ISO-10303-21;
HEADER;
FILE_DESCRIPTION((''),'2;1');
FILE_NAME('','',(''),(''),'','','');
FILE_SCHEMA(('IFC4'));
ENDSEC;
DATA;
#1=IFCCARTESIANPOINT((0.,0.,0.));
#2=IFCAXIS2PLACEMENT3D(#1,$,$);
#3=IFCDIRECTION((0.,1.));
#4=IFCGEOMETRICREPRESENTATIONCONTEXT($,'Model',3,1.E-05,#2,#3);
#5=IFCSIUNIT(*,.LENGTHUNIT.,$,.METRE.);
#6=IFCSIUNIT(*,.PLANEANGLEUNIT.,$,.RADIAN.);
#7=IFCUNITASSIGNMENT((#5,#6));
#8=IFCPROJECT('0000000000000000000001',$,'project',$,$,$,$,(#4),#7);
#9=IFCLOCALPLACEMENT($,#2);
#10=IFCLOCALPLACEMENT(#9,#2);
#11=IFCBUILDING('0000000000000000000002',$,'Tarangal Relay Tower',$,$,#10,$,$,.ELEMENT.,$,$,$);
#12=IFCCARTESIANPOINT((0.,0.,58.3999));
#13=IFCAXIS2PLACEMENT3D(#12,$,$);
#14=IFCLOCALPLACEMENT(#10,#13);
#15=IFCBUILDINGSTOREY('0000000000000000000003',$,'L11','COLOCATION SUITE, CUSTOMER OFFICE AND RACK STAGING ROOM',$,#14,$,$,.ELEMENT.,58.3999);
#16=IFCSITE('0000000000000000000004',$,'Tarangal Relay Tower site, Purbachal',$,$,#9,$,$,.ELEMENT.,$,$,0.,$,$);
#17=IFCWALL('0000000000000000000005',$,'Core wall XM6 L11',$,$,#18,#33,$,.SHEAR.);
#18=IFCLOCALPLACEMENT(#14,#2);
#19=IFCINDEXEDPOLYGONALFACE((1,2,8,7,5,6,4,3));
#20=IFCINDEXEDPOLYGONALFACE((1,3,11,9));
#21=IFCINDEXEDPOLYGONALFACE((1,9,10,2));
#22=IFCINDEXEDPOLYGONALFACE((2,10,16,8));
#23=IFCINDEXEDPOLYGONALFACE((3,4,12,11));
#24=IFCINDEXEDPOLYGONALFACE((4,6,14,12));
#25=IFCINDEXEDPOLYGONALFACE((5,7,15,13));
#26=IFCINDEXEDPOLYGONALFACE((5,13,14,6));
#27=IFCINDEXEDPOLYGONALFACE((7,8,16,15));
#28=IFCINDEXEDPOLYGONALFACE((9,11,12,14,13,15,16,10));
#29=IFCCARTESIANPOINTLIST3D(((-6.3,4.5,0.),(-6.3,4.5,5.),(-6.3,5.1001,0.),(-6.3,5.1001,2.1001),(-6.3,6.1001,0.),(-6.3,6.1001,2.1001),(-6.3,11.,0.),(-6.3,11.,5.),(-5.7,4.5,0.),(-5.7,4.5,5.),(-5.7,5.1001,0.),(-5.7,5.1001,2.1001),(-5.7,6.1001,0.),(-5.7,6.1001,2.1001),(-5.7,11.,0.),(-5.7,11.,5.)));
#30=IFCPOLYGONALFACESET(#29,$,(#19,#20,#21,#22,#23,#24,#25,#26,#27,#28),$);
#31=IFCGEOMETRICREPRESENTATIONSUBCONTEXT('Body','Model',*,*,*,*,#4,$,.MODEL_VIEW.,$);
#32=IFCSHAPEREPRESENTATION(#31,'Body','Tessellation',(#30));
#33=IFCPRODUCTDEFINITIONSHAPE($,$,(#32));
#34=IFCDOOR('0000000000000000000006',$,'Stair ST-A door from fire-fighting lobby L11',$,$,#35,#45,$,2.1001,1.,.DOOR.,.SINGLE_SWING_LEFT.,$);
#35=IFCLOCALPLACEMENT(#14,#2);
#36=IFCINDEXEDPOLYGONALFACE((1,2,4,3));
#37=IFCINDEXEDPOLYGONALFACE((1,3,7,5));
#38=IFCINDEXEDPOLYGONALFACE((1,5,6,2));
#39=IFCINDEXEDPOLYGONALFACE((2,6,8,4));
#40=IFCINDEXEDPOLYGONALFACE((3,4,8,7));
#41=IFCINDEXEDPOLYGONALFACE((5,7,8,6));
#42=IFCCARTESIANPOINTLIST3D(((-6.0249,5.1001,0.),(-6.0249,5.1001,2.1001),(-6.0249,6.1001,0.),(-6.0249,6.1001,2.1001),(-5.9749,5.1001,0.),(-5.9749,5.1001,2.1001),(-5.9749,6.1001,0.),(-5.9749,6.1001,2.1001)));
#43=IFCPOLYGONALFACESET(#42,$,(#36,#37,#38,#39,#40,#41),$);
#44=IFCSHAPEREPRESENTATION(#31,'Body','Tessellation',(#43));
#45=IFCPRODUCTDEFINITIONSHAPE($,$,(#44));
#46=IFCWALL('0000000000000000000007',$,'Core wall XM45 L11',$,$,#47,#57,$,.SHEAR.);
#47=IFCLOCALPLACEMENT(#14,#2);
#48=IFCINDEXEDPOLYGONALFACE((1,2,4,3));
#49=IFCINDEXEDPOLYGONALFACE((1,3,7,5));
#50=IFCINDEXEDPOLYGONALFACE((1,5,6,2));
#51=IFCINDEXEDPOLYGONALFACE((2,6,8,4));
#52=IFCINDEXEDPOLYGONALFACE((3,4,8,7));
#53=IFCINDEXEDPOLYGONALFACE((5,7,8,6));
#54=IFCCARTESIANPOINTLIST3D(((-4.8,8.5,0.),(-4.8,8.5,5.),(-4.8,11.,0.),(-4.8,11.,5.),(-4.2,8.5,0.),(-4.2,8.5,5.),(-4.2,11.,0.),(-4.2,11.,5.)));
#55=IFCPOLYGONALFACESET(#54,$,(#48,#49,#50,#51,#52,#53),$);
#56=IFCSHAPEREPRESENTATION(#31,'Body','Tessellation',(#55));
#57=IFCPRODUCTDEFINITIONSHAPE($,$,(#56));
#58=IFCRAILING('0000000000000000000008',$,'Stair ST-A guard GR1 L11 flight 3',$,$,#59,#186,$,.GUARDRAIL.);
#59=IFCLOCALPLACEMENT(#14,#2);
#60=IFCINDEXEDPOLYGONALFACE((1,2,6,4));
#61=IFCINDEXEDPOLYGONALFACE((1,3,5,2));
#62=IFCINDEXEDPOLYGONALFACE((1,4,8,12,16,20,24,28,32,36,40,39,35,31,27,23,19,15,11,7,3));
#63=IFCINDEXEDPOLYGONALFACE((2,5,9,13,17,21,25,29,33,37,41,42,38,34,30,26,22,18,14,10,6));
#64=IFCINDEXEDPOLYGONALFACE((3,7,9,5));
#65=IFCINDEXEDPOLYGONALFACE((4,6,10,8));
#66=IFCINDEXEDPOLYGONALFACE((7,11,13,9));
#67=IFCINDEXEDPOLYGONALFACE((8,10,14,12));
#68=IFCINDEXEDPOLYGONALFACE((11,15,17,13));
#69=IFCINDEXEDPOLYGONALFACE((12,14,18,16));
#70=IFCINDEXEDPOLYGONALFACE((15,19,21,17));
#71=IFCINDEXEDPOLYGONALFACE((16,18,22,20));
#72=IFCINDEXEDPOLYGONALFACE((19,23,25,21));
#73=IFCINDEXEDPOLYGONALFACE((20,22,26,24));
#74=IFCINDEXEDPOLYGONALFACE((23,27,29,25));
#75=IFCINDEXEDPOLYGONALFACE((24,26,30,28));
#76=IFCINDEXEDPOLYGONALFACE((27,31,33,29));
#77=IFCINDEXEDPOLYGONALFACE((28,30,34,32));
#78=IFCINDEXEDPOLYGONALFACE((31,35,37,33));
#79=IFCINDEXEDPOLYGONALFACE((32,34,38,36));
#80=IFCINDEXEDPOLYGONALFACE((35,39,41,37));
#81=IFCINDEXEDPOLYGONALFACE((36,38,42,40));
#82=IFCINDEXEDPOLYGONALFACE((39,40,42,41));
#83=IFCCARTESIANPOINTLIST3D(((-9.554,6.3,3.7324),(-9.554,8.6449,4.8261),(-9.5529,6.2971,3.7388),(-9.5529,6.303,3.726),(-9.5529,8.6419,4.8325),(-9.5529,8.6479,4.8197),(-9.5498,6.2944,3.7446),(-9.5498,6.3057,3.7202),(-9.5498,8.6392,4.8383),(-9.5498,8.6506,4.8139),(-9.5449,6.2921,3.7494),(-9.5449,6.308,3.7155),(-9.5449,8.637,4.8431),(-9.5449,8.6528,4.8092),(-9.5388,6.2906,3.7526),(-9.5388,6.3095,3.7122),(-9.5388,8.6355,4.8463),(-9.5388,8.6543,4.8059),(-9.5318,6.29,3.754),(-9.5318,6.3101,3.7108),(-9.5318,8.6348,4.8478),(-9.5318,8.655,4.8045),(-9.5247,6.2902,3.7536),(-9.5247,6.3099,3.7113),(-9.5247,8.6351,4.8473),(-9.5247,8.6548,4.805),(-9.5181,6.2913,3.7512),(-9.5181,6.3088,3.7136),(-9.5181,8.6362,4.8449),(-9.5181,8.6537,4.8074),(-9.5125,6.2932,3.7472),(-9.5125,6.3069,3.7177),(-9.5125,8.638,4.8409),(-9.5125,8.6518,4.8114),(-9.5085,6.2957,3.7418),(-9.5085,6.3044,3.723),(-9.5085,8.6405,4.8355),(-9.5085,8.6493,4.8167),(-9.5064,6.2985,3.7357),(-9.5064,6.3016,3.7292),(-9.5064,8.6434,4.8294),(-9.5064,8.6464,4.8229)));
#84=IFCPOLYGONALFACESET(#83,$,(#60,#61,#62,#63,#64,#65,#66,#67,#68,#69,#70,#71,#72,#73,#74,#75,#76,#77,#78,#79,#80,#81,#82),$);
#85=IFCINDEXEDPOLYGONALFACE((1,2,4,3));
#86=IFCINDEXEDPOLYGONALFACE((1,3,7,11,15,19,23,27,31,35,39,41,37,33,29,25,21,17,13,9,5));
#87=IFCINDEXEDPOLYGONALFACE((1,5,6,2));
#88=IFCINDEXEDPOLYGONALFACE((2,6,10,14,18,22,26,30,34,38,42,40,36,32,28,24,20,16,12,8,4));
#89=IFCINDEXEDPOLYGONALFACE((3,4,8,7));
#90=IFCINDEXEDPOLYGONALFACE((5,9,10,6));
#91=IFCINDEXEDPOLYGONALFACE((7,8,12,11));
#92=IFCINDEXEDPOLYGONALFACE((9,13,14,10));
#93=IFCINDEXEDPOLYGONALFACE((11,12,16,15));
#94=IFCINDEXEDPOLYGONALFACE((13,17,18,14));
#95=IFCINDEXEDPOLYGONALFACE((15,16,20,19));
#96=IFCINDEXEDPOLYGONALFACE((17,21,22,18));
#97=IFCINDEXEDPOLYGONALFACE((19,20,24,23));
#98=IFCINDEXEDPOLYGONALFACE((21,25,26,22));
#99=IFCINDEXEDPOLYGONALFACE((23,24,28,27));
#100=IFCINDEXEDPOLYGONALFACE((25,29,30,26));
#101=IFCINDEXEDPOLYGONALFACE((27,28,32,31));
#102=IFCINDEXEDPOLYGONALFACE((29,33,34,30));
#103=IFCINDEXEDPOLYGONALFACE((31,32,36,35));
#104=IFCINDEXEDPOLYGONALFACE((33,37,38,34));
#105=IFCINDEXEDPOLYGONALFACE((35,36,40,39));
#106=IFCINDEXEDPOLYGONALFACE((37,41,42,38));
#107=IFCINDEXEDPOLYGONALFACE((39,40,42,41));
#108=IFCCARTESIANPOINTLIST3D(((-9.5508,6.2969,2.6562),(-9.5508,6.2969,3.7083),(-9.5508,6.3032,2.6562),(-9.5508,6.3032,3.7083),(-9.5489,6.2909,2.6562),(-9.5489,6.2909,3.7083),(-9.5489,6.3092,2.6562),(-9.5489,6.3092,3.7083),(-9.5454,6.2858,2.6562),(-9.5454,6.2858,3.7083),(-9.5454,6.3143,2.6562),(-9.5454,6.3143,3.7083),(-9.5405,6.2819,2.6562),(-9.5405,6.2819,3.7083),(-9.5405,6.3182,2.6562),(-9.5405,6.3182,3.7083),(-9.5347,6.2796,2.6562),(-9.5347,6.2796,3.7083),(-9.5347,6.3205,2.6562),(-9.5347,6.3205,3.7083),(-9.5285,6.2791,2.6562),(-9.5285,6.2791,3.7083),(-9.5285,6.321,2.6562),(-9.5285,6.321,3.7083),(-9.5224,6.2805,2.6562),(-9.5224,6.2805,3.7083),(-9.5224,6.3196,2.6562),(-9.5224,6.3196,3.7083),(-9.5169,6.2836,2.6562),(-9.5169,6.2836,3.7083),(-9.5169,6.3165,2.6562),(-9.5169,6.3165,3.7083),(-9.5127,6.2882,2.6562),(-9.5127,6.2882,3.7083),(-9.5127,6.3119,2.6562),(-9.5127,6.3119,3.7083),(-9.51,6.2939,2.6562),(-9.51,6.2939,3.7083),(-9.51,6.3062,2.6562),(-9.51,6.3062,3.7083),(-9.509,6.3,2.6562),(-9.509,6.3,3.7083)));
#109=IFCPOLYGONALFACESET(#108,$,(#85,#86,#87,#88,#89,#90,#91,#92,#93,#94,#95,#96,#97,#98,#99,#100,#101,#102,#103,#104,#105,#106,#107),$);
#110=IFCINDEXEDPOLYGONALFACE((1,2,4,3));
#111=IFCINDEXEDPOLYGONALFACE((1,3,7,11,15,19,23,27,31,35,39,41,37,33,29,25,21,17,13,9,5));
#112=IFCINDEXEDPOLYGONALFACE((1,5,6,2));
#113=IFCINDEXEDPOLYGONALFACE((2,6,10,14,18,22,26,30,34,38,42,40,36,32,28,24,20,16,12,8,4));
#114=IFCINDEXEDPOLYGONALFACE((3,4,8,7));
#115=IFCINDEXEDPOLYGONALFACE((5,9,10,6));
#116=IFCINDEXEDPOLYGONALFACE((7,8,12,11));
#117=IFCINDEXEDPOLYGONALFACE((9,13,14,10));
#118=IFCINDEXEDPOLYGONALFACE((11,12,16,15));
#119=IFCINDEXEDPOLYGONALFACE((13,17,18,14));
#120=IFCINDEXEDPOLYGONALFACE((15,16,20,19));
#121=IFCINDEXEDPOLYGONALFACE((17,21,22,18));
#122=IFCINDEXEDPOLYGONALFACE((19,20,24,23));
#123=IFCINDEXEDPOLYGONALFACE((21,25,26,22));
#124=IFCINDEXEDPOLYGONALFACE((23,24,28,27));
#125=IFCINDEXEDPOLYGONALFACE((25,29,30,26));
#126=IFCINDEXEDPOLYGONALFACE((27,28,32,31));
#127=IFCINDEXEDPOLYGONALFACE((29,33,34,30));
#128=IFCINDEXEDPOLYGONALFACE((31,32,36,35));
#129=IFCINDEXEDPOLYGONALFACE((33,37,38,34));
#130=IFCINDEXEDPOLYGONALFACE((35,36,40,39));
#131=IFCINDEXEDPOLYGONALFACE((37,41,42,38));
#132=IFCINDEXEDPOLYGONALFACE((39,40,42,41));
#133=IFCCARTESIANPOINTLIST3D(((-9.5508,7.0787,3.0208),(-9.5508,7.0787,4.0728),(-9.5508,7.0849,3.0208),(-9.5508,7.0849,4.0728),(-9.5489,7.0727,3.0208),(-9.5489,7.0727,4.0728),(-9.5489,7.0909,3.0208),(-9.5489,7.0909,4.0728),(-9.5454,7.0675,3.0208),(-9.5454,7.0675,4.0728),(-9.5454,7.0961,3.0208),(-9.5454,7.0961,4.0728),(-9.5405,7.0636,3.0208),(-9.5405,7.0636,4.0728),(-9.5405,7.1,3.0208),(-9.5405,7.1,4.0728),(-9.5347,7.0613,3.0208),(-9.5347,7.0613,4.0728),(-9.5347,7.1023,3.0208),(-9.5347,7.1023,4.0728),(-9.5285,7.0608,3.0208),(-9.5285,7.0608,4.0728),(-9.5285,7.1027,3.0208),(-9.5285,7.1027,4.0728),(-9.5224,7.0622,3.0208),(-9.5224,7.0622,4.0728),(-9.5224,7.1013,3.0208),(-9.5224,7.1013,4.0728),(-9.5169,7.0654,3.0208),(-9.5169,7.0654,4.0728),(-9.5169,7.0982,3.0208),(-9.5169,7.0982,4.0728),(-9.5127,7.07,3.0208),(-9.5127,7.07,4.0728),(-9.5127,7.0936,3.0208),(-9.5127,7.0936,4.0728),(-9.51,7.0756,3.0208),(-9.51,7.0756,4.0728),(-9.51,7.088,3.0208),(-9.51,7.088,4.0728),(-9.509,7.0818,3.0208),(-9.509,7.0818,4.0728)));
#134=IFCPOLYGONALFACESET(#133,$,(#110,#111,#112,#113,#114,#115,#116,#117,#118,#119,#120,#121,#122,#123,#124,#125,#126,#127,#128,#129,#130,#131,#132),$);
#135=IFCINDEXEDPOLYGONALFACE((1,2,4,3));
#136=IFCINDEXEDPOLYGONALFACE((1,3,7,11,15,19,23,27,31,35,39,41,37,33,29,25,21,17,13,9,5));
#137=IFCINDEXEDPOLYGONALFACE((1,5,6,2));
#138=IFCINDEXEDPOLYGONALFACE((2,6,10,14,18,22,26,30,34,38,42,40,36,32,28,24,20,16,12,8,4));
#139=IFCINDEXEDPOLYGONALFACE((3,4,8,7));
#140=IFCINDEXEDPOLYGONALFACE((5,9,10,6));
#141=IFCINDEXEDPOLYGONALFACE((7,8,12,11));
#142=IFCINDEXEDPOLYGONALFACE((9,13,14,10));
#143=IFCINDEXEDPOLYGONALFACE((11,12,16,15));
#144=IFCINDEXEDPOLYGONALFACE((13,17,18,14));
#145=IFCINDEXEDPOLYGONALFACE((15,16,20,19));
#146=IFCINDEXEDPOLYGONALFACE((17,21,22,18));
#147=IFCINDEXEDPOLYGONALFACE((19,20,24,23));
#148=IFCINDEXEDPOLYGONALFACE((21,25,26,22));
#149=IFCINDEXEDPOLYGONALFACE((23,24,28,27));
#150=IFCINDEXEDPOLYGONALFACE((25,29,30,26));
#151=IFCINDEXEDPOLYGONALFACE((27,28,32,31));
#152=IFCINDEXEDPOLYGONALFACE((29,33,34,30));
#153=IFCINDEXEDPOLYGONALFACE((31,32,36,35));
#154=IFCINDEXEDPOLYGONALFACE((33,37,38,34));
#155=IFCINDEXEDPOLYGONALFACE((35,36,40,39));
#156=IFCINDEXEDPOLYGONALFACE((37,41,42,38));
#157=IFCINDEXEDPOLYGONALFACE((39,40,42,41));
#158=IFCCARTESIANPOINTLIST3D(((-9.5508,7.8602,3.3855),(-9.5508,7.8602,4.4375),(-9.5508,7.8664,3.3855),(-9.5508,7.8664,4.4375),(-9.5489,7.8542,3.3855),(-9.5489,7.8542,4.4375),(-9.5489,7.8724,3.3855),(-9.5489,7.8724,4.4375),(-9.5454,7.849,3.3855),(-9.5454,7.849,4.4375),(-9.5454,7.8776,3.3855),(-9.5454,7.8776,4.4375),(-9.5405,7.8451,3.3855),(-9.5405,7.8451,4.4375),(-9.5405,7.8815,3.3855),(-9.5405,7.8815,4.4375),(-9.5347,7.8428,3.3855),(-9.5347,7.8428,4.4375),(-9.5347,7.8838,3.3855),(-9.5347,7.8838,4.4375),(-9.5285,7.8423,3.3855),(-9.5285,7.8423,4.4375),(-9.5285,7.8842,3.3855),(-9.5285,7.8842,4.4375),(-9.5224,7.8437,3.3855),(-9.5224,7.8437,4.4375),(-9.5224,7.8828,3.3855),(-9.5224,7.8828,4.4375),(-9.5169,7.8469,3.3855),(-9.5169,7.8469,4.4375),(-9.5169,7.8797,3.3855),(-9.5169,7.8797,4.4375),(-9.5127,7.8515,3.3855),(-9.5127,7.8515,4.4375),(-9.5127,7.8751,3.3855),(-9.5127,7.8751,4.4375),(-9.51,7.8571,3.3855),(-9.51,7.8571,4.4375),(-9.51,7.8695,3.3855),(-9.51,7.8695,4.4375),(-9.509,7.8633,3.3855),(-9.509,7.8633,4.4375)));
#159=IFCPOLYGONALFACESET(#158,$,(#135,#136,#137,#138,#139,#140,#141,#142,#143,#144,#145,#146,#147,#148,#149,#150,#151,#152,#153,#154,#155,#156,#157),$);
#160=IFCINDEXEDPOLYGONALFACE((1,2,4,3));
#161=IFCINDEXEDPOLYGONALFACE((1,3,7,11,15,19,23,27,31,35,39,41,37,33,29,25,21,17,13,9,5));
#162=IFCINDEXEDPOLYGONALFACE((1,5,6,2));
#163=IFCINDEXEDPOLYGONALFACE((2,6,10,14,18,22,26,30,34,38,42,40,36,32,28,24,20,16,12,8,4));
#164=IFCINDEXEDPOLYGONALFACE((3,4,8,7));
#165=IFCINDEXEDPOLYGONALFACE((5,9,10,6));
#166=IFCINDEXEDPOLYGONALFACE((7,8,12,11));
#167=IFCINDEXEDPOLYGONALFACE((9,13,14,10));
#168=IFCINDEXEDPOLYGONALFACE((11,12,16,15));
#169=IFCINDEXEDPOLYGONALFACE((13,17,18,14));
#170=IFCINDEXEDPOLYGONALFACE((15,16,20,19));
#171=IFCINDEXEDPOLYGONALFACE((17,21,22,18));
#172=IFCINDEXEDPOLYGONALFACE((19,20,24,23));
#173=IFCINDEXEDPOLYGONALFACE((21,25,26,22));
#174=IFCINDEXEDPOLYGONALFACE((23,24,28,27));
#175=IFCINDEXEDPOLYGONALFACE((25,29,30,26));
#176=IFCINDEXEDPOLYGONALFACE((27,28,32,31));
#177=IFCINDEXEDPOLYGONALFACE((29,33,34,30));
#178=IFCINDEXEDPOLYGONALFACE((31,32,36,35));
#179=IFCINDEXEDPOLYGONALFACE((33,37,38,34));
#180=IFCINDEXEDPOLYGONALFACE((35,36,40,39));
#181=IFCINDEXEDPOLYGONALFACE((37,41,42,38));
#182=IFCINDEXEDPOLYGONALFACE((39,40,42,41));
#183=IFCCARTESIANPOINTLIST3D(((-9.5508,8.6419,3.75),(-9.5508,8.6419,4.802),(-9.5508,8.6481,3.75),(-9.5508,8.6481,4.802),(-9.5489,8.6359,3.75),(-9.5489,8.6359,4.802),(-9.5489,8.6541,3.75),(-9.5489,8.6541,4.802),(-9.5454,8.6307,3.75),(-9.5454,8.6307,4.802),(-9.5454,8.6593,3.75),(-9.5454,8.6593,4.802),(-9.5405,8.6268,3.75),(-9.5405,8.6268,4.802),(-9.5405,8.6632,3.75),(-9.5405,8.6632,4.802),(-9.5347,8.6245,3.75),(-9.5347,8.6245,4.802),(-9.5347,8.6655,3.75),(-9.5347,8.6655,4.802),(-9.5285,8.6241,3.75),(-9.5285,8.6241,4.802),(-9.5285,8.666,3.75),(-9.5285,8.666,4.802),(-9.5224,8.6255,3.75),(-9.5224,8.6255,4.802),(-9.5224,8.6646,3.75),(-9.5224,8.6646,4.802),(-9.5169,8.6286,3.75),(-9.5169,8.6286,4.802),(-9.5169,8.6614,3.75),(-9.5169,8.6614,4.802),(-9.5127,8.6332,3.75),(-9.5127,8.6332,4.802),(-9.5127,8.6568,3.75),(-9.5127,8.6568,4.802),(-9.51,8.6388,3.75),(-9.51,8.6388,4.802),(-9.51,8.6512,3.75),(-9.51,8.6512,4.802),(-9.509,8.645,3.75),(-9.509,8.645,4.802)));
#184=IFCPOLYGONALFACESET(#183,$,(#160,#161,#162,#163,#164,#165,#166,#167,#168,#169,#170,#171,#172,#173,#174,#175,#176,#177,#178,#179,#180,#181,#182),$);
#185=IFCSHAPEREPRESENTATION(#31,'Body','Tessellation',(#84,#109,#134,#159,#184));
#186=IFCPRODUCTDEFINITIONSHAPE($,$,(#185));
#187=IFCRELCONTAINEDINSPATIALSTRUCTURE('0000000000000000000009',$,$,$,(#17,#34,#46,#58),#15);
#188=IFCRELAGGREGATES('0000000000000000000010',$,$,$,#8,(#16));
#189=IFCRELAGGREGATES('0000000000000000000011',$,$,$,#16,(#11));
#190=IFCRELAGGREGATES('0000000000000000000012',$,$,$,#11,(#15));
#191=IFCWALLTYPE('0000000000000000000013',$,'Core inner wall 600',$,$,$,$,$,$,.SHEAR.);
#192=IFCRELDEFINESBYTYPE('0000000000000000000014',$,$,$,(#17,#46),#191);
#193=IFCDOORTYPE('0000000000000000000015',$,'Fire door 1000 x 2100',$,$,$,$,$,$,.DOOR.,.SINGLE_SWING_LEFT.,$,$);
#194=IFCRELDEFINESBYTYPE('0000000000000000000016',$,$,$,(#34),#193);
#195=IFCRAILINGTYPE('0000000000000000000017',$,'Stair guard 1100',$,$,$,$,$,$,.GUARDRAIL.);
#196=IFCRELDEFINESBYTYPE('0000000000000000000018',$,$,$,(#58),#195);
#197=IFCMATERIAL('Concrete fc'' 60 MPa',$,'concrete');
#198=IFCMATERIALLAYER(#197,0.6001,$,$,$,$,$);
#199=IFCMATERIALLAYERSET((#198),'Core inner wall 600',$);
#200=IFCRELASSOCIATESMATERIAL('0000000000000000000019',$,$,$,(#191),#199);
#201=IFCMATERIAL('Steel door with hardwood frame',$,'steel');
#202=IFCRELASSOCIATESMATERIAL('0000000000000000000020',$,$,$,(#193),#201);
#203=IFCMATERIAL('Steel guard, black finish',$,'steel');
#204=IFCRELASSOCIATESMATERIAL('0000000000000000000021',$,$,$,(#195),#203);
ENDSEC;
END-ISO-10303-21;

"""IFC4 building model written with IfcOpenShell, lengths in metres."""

from ifc_helpers import new_model, si_unit, direction, frame, frame_2d, origin, origin_2d, place, context, subcontext, project, spatial, rectangle, circle, extrude, material, layer, layer_set, type_object, element, fill, save


model = new_model("IFC4")

# Units and contexts
model_context = context("Model", 3, precision=1e-05, world=origin(), true_north=direction((0.0, 1.0)))
body_context = subcontext(model_context, "Body", "Model", "MODEL_VIEW")
ifc_project = project(units=[si_unit("LENGTHUNIT", "METRE"), si_unit("PLANEANGLEUNIT", "RADIAN")], contexts=[model_context])

# Site, building, storey
site_placement = place(None, origin())
site = spatial("IfcSite", under=ifc_project, at=site_placement, Name="Tarangal Relay Tower site, Purbachal", CompositionType="ELEMENT", RefElevation=0.0)
building_placement = place(site_placement, origin())
building = spatial("IfcBuilding", under=site, at=building_placement, Name="Tarangal Relay Tower", CompositionType="ELEMENT")
storey_placement = place(building_placement, frame((0.0, 0.0, 58.3999)))
storey = spatial("IfcBuildingStorey", under=building, at=storey_placement, Name="L11", Description="COLOCATION SUITE, CUSTOMER OFFICE AND RACK STAGING ROOM", CompositionType="ELEMENT", Elevation=58.3999)

# Shared definitions
ifc_material_1 = material(Name="Concrete fc' 60 MPa", Category="concrete")
ifc_layer_1 = layer(ifc_material_1, 0.6001)
ifc_layer_set_1 = layer_set([ifc_layer_1], Name="Core inner wall 600")
wall_type = type_object("IfcWallType", Name="Core inner wall 600", PredefinedType="SHEAR", material=ifc_layer_set_1)
ifc_material_2 = material(Name="Steel door with hardwood frame", Category="steel")

# Wall, opening, door
wall_1_placement = place(storey_placement, frame((-6.0, 4.5, 0.0), z_axis=(0.0, 0.0, 1.0), x_axis=(0.0, 1.0, 0.0)))
wall_1 = element("IfcWall", 1, at=wall_1_placement, inside=storey, type_object=wall_type, Name="Core wall XM6 L11", PredefinedType="SHEAR", context=body_context, shape_type="SweptSolid", body=[
    extrude(rectangle(XDim=6.5, YDim=0.6001, at=frame_2d((3.25, 0.0))), origin(), (0.0, 0.0, 1.0), 5.0),
])
opening_1_placement = place(wall_1_placement, frame((0.6001, 0.0, 0.0)))
opening_1 = element("IfcOpeningElement", 2, at=opening_1_placement, cuts=wall_1, PredefinedType="OPENING", context=body_context, shape_type="SweptSolid", body=[
    extrude(rectangle(XDim=1.0, YDim=2.1001, at=frame_2d((0.5, 1.05))), frame((0.0, 0.3101, 0.0), z_axis=(0.0, -1.0, 0.0), x_axis=(1.0, 0.0, 0.0)), (0.0, 0.0, 1.0), 0.6201),
])
door_type_1 = type_object("IfcDoorType", Name="Fire door 1000 x 2100", OperationType="SINGLE_SWING_LEFT", PredefinedType="DOOR", material=ifc_material_2)
door_1_placement = place(opening_1_placement, origin())
door_1 = element("IfcDoor", 3, at=door_1_placement, inside=storey, type_object=door_type_1, Name="Stair ST-A door from fire-fighting lobby L11", OperationType="SINGLE_SWING_LEFT", OverallHeight=2.1001, OverallWidth=1.0, PredefinedType="DOOR", context=body_context, shape_type="SweptSolid", body=[
    extrude(rectangle(XDim=1.0, YDim=2.1001, at=frame_2d((0.5, 1.05))), frame((0.0, 0.0249, 0.0), z_axis=(0.0, -1.0, 0.0), x_axis=(1.0, 0.0, 0.0)), (0.0, 0.0, 1.0), 0.05),
])
fill(opening_1, door_1)

# Wall
wall_2_placement = place(storey_placement, frame((-4.5, 8.5, 0.0), z_axis=(0.0, 0.0, 1.0), x_axis=(0.0, 1.0, 0.0)))
element("IfcWall", 4, at=wall_2_placement, inside=storey, type_object=wall_type, Name="Core wall XM45 L11", PredefinedType="SHEAR", context=body_context, shape_type="SweptSolid", body=[
    extrude(rectangle(XDim=2.5, YDim=0.6001, at=frame_2d((1.25, 0.0))), origin(), (0.0, 0.0, 1.0), 5.0),
])

# Railing
ifc_material_3 = material(Name="Steel guard, black finish", Category="steel")
railing_type = type_object("IfcRailingType", Name="Stair guard 1100", PredefinedType="GUARDRAIL", material=ifc_material_3)
railing_placement = place(storey_placement, frame((-9.53, 6.3, 2.6562)))
element("IfcRailing", 5, at=railing_placement, inside=storey, type_object=railing_type, Name="Stair ST-A guard GR1 L11 flight 3", PredefinedType="GUARDRAIL", context=body_context, shape_type="SweptSolid", body=[
    extrude(circle(Radius=0.0239, at=origin_2d()), frame((0.0, 0.0, 1.0762), z_axis=(0.0, 0.906267, 0.422705), x_axis=(-1.0, 0.0, 0.0)), (0.0, 0.0, 1.0), 2.5874),
    extrude(circle(Radius=0.021, at=origin_2d()), origin(), (0.0, 0.0, 1.0), 1.052),
    extrude(circle(Radius=0.021, at=origin_2d()), frame((0.0, 0.7817, 0.3645)), (0.0, 0.0, 1.0), 1.052),
    extrude(circle(Radius=0.021, at=origin_2d()), frame((0.0, 1.5632, 0.7292)), (0.0, 0.0, 1.0), 1.052),
    extrude(circle(Radius=0.021, at=origin_2d()), frame((0.0, 2.345, 1.0938)), (0.0, 0.0, 1.0), 1.052),
])

save(model, "model.ifc")
